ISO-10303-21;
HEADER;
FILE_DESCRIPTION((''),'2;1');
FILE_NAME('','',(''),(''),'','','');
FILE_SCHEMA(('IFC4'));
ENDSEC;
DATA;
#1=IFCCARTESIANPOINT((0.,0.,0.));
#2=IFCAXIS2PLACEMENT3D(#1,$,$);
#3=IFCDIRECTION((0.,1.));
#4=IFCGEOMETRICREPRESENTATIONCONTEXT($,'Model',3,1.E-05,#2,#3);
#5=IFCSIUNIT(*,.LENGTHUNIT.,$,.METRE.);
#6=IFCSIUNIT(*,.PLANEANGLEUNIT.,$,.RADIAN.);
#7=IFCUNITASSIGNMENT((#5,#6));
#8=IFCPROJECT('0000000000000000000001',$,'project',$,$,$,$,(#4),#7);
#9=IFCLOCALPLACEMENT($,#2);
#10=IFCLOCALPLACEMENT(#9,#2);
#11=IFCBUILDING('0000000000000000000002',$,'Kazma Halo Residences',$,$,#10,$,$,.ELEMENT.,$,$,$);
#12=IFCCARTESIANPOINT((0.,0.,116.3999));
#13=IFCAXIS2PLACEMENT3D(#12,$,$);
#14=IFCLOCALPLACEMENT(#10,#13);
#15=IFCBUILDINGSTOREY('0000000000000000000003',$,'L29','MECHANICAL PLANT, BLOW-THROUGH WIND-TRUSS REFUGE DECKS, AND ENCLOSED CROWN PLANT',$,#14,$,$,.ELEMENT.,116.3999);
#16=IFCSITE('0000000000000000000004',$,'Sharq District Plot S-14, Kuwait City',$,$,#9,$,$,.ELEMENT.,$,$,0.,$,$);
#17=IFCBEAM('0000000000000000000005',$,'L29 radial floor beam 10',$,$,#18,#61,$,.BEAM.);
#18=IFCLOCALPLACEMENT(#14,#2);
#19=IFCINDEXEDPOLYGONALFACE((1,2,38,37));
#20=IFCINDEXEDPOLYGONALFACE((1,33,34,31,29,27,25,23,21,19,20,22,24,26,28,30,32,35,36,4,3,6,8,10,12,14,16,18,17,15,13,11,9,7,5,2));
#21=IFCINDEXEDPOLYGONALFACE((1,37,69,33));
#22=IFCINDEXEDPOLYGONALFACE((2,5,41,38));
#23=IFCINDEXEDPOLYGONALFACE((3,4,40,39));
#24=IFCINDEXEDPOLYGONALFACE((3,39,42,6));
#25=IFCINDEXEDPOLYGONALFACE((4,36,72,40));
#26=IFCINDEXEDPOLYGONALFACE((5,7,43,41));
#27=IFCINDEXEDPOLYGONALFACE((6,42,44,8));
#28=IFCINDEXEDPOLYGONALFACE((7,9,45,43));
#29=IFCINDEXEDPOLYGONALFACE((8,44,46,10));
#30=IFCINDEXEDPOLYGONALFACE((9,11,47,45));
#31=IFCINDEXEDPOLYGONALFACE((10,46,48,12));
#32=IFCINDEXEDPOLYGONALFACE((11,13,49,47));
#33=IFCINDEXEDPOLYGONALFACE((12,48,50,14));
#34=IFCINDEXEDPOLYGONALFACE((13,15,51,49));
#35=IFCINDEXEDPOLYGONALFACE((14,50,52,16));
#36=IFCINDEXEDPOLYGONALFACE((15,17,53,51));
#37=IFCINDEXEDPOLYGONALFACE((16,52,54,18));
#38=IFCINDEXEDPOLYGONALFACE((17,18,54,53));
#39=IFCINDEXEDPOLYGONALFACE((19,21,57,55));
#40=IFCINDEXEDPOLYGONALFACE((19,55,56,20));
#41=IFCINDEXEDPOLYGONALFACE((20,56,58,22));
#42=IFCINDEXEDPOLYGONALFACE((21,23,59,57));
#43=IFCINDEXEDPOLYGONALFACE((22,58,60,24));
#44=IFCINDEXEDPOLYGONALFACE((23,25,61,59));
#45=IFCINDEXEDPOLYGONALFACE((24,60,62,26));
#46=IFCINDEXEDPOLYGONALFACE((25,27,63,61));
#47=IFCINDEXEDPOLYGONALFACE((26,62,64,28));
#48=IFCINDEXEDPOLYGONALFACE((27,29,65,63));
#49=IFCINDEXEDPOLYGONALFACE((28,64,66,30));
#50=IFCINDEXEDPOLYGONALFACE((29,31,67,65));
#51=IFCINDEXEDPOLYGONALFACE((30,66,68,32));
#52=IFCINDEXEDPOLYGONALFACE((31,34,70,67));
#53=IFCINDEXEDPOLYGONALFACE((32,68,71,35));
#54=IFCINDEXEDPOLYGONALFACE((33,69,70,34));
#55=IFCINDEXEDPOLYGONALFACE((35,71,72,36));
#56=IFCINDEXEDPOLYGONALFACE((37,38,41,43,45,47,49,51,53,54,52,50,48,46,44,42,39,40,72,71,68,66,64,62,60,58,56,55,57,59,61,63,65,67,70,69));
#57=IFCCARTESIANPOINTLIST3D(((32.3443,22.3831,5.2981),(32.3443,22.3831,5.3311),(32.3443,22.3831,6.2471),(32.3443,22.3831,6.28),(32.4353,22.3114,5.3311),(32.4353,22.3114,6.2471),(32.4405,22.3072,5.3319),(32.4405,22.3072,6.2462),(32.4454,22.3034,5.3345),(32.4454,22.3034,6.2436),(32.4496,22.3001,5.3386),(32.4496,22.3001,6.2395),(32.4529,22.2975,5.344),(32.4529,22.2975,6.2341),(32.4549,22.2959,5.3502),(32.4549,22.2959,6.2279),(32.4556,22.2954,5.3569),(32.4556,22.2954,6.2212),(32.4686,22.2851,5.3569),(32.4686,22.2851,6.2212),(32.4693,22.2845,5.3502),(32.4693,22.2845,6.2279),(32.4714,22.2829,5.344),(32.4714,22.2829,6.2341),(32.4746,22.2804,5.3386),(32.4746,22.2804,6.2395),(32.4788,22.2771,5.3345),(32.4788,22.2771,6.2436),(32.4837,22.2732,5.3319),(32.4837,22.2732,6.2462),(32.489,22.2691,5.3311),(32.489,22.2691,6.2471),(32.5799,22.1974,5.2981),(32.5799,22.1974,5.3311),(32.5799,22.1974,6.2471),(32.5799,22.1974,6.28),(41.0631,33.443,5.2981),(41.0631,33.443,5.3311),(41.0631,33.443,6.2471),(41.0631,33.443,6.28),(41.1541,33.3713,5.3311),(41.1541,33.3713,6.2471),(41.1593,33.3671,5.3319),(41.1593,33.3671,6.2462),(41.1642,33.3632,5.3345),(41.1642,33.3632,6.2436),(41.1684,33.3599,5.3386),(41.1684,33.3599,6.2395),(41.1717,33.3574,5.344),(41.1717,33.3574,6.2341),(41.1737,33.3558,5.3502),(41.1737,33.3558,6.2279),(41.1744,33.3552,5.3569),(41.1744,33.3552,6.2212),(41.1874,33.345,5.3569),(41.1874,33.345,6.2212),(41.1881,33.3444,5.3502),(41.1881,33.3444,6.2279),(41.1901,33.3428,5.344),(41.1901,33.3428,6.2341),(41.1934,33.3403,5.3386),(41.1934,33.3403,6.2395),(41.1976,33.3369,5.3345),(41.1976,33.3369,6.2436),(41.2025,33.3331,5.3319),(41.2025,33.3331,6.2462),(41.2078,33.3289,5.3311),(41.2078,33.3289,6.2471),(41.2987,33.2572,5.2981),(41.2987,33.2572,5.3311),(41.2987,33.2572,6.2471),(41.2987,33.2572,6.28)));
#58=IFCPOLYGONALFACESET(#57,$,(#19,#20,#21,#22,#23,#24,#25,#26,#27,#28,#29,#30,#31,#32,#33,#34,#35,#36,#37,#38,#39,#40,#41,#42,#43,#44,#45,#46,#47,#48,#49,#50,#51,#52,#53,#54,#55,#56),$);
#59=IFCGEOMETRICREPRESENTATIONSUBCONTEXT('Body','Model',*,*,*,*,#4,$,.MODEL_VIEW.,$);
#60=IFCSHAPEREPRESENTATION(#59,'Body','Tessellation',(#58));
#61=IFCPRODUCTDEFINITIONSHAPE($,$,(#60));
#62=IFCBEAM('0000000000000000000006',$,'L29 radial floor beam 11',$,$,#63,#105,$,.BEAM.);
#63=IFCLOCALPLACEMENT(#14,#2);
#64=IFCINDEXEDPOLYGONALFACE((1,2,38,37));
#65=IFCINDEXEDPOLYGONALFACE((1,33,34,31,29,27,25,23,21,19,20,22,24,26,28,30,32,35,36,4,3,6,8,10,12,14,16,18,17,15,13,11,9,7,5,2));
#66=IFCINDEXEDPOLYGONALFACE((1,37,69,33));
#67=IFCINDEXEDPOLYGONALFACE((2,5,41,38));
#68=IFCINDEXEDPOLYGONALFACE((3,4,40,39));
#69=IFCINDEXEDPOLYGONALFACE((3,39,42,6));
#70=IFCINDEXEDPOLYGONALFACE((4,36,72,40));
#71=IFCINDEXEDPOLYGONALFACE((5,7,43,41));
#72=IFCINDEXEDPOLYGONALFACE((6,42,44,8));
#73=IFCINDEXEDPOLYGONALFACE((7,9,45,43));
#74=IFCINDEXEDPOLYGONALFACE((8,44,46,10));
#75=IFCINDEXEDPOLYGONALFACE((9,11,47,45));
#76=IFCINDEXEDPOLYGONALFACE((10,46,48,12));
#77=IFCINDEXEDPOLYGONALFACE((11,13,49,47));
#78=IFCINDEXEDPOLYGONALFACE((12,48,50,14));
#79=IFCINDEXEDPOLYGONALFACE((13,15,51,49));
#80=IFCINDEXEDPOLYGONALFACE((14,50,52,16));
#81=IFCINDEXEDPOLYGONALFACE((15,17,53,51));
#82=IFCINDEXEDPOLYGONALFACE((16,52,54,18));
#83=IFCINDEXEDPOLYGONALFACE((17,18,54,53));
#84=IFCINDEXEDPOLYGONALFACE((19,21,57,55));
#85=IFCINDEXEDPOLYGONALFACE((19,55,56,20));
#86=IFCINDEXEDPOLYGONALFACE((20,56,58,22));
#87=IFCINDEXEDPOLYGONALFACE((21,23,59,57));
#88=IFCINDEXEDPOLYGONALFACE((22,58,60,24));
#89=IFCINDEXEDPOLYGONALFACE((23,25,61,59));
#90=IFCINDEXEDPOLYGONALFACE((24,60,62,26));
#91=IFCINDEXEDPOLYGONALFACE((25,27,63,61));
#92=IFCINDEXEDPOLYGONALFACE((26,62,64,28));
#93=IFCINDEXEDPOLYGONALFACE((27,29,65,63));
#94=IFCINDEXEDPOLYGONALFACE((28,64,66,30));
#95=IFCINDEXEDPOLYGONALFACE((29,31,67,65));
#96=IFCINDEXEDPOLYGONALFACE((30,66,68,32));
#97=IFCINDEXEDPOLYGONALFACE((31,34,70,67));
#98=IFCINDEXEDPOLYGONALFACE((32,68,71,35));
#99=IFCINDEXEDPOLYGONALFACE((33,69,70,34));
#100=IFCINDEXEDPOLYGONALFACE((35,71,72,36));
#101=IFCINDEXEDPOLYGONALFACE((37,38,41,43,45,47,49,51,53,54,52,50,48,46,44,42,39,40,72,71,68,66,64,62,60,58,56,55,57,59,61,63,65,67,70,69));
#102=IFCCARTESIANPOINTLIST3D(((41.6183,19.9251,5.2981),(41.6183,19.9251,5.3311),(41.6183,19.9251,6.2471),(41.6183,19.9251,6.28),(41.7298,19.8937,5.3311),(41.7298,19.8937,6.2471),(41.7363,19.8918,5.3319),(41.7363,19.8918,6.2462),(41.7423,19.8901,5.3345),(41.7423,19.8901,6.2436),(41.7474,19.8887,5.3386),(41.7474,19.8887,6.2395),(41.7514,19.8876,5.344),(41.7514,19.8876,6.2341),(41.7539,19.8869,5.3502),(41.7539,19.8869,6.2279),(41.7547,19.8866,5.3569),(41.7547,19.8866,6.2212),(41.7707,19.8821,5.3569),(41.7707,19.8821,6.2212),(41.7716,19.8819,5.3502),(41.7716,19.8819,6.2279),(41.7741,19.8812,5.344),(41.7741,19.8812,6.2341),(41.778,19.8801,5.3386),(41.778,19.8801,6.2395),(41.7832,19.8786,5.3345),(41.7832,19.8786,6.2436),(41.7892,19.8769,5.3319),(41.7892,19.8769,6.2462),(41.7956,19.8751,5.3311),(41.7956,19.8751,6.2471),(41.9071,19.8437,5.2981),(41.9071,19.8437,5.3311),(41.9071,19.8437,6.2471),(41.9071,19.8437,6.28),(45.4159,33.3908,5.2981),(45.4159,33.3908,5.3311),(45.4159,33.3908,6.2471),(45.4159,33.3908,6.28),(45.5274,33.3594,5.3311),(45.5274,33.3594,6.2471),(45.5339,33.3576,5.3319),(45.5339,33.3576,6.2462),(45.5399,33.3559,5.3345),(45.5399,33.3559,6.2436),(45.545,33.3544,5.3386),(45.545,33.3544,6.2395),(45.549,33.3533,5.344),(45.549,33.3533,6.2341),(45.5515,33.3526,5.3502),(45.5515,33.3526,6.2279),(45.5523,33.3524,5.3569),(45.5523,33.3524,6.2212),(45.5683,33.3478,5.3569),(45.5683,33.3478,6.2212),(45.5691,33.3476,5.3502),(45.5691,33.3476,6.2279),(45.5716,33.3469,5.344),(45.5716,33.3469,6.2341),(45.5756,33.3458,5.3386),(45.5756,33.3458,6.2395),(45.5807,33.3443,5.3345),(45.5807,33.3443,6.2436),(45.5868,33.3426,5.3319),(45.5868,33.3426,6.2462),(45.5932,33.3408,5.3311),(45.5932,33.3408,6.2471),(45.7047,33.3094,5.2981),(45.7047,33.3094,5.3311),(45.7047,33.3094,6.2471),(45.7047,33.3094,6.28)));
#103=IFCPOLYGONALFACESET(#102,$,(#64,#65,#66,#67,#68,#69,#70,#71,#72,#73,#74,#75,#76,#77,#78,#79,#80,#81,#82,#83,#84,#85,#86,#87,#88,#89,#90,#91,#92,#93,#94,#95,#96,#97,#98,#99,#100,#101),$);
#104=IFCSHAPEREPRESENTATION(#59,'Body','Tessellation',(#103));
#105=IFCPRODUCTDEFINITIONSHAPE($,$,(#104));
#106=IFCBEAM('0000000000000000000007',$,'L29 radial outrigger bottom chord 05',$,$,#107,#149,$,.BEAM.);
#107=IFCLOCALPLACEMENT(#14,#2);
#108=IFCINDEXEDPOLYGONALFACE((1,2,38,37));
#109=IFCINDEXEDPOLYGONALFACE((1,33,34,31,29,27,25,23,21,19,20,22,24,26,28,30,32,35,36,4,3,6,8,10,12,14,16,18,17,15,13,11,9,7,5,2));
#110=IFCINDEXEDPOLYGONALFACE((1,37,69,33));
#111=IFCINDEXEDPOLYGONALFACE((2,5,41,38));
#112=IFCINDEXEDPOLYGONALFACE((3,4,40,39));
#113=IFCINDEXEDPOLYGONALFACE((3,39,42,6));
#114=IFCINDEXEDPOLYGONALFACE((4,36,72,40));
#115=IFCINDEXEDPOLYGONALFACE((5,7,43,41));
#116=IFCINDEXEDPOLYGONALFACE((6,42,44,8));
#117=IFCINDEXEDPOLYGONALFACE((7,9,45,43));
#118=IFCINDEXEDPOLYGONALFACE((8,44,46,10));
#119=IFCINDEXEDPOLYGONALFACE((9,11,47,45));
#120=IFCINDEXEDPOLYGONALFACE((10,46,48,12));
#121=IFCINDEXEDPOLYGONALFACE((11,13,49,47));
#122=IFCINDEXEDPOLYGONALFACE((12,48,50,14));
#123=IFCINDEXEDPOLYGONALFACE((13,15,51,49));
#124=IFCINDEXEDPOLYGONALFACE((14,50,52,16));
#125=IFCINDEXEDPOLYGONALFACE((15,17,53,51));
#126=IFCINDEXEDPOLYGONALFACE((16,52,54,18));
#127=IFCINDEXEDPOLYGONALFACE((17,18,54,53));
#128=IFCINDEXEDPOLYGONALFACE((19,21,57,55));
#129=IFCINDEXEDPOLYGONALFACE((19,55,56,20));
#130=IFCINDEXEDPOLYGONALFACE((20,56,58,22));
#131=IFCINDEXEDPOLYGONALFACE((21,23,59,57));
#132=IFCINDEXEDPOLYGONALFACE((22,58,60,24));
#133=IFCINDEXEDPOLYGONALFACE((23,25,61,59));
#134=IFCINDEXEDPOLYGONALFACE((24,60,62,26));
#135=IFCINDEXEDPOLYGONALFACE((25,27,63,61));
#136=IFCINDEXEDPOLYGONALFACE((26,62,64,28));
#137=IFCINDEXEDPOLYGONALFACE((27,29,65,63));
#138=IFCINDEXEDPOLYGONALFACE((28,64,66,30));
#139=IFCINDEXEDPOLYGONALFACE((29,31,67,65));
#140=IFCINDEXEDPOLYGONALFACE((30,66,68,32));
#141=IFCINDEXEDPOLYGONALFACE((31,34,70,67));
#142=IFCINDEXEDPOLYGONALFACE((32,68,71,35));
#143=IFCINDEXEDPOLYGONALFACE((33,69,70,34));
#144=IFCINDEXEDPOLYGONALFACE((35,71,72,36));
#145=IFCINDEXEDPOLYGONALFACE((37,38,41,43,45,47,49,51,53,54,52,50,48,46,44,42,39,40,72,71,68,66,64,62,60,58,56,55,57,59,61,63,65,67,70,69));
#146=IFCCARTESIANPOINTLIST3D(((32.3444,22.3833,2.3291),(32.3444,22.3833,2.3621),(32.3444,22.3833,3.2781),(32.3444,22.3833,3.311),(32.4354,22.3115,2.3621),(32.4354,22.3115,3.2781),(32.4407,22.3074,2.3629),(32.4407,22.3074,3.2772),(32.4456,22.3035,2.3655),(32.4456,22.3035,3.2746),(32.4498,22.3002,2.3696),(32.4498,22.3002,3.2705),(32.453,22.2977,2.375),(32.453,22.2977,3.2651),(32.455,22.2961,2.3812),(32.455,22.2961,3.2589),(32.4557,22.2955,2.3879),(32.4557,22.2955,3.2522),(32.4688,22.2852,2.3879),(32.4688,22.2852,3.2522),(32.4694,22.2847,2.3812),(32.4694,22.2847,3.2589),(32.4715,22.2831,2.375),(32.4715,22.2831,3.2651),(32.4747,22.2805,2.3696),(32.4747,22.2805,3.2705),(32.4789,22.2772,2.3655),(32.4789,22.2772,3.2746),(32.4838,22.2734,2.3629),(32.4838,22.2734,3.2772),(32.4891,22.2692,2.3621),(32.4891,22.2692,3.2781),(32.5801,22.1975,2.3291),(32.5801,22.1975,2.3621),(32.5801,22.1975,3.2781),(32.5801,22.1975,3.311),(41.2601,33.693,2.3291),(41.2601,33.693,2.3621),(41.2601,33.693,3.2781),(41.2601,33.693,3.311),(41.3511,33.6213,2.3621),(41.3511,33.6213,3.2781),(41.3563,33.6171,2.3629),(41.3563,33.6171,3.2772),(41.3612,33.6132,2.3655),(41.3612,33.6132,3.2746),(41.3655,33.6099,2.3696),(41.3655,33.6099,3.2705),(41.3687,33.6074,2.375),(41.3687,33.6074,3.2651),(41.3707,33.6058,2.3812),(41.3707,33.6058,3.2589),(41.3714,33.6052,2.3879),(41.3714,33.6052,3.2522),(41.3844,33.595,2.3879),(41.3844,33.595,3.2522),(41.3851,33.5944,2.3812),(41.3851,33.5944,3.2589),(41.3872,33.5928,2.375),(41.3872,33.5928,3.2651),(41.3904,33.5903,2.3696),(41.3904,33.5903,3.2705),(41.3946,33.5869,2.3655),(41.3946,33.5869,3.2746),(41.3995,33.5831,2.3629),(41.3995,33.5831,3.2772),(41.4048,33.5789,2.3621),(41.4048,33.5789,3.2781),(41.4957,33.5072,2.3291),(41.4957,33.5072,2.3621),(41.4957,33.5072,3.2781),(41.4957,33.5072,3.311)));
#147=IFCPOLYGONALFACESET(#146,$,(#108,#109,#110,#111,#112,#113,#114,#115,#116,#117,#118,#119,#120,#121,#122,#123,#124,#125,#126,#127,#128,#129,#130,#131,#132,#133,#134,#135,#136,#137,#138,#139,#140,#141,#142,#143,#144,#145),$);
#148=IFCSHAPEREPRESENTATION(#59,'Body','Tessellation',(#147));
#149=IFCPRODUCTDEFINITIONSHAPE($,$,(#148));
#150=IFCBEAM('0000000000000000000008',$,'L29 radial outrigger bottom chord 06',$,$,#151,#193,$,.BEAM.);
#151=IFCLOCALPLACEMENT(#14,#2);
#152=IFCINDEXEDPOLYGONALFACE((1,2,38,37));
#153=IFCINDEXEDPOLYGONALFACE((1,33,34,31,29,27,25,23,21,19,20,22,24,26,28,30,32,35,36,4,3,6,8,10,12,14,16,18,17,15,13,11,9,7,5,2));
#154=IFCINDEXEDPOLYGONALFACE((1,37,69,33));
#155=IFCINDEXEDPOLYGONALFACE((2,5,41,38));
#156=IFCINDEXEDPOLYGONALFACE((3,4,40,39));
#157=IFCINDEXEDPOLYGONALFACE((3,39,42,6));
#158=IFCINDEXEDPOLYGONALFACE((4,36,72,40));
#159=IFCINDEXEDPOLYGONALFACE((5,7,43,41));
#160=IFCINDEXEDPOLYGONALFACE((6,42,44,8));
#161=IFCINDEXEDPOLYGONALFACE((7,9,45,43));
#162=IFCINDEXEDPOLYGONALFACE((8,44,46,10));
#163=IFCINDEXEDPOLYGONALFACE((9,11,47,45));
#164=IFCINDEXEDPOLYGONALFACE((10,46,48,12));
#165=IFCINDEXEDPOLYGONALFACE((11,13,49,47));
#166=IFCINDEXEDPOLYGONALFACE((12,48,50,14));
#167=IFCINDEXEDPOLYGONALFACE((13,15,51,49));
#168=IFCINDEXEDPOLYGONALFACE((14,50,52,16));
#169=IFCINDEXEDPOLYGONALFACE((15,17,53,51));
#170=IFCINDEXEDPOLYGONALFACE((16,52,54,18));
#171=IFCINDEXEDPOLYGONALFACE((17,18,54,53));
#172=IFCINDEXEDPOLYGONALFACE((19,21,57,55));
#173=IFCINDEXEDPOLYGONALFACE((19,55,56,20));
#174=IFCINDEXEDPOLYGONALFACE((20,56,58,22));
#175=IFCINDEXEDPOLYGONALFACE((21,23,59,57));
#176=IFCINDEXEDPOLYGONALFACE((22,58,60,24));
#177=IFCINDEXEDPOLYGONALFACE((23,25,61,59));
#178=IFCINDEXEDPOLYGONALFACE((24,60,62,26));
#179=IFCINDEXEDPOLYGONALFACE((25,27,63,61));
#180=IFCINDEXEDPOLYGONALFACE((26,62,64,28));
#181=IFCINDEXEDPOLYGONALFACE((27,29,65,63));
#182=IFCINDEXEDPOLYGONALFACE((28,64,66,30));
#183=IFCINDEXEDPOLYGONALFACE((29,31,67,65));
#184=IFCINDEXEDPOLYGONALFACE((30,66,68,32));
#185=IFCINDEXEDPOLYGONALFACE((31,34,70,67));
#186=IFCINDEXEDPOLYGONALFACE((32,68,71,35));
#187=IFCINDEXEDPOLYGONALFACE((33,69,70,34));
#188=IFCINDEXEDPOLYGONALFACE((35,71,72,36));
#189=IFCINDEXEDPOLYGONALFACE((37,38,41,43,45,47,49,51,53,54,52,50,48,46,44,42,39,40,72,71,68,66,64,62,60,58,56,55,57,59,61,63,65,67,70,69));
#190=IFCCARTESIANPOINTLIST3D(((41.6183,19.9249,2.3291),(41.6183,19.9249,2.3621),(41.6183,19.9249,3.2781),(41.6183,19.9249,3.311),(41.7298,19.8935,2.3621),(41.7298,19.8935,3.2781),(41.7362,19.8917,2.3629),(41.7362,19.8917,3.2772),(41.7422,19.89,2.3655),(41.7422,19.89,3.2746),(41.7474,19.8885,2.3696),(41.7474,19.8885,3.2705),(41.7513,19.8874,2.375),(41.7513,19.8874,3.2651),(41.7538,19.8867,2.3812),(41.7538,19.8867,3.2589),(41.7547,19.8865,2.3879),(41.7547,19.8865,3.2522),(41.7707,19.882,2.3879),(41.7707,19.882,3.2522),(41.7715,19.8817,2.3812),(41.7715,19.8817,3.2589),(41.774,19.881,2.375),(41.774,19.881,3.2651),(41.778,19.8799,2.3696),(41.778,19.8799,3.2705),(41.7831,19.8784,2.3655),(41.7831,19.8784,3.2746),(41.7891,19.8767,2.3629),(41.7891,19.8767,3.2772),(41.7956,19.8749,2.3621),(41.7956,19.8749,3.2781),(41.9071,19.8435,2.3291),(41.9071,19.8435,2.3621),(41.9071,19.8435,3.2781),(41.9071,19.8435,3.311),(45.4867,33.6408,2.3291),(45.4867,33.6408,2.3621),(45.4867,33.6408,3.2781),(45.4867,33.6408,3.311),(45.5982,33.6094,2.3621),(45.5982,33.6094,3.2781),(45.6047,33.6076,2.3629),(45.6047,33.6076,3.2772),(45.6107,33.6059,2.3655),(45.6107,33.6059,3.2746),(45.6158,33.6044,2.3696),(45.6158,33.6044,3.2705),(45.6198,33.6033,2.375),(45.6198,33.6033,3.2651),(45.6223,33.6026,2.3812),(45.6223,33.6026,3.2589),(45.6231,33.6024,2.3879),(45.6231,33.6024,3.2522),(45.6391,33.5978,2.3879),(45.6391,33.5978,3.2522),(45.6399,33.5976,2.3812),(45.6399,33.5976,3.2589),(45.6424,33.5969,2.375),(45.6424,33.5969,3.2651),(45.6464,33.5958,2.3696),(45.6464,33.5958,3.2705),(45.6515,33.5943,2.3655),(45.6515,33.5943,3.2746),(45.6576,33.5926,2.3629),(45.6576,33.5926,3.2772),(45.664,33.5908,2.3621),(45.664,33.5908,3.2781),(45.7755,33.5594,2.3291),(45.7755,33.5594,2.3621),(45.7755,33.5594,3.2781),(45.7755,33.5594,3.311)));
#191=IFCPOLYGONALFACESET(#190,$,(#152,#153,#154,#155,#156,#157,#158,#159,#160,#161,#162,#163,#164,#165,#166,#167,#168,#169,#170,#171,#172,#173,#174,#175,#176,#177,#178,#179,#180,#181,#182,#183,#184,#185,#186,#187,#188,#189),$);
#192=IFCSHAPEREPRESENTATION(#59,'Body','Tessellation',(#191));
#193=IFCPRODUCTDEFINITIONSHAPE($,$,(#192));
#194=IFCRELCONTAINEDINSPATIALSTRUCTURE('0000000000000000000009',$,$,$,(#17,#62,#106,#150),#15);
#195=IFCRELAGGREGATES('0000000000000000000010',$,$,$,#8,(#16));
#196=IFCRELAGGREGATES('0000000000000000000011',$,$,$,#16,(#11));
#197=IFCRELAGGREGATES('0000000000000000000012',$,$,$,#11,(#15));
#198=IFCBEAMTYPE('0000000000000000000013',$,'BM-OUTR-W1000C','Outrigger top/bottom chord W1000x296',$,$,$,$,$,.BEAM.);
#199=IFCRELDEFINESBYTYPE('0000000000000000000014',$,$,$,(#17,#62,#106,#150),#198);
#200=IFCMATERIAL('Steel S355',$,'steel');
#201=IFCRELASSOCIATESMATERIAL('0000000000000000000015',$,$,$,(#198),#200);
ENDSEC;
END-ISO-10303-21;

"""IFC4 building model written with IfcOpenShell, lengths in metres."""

from ifc_helpers import new_model, si_unit, direction, frame, origin, origin_2d, place, context, subcontext, project, spatial, i_section, extrude, material, material_profile, profile_set, type_object, element, save


model = new_model("IFC4")

# Units and contexts
model_context = context("Model", 3, precision=1e-05, world=origin(), true_north=direction((0.0, 1.0)))
body_context = subcontext(model_context, "Body", "Model", "MODEL_VIEW")
ifc_project = project(units=[si_unit("LENGTHUNIT", "METRE"), si_unit("PLANEANGLEUNIT", "RADIAN")], contexts=[model_context])

# Site, building, storey
site_placement = place(None, origin())
site = spatial("IfcSite", under=ifc_project, at=site_placement, Name="Sharq District Plot S-14, Kuwait City", CompositionType="ELEMENT", RefElevation=0.0)
building_placement = place(site_placement, origin())
building = spatial("IfcBuilding", under=site, at=building_placement, Name="Kazma Halo Residences", CompositionType="ELEMENT")
storey_placement = place(building_placement, frame((0.0, 0.0, 116.3999)))
storey = spatial("IfcBuildingStorey", under=building, at=storey_placement, Name="L29", Description="MECHANICAL PLANT, BLOW-THROUGH WIND-TRUSS REFUGE DECKS, AND ENCLOSED CROWN PLANT", CompositionType="ELEMENT", Elevation=116.3999)

# Beams
ifc_material_1 = material(Name="Steel S355", Category="steel")
ifc_material_profile_1 = material_profile(ifc_material_1, i_section(OverallWidth=0.3, OverallDepth=0.9819, WebThickness=0.0166, FlangeThickness=0.033, FilletRadius=0.0259, at=origin_2d()), Name="W1000x296")
ifc_profile_set_1 = profile_set([ifc_material_profile_1], Name="Steel S355")
beam_type_1 = type_object("IfcBeamType", Name="BM-OUTR-W1000C", Description="Outrigger top/bottom chord W1000x296", PredefinedType="BEAM", material=ifc_profile_set_1)
beam_1_placement = place(storey_placement, frame((41.1809, 33.3501, 5.7891), z_axis=(-0.619089, -0.785321, 0.0), x_axis=(0.785321, -0.619089, 0.0)))
element("IfcBeam", 1, at=beam_1_placement, inside=storey, type_object=beam_type_1, Name="L29 radial floor beam 10", PredefinedType="BEAM", context=body_context, shape_type="SweptSolid", body=[
    extrude(i_section(OverallWidth=0.3, OverallDepth=0.9819, WebThickness=0.0166, FlangeThickness=0.033, FilletRadius=0.0259, at=origin_2d()), origin(), (0.0, 0.0, 1.0), 14.0833),
])
beam_2_placement = place(storey_placement, frame((45.5603, 33.3501, 5.7891), z_axis=(-0.271431, -0.962458, 0.0), x_axis=(0.962458, -0.271431, 0.0)))
element("IfcBeam", 2, at=beam_2_placement, inside=storey, type_object=beam_type_1, Name="L29 radial floor beam 11", PredefinedType="BEAM", context=body_context, shape_type="SweptSolid", body=[
    extrude(i_section(OverallWidth=0.3, OverallDepth=0.9819, WebThickness=0.0166, FlangeThickness=0.033, FilletRadius=0.0259, at=origin_2d()), origin(), (0.0, 0.0, 1.0), 13.991),
])
beam_3_placement = place(storey_placement, frame((41.3779, 33.6001, 2.8201), z_axis=(-0.619087, -0.785323, 0.0), x_axis=(0.785323, -0.619087, 0.0)))
element("IfcBeam", 3, at=beam_3_placement, inside=storey, type_object=beam_type_1, Name="L29 radial outrigger bottom chord 05", PredefinedType="BEAM", context=body_context, shape_type="SweptSolid", body=[
    extrude(i_section(OverallWidth=0.3, OverallDepth=0.9819, WebThickness=0.0166, FlangeThickness=0.033, FilletRadius=0.0259, at=origin_2d()), origin(), (0.0, 0.0, 1.0), 14.4014),
])
beam_4_placement = place(storey_placement, frame((45.6311, 33.6001, 2.8201), z_axis=(-0.27145, -0.962453, 0.0), x_axis=(0.962453, -0.27145, 0.0)))
element("IfcBeam", 4, at=beam_4_placement, inside=storey, type_object=beam_type_1, Name="L29 radial outrigger bottom chord 06", PredefinedType="BEAM", context=body_context, shape_type="SweptSolid", body=[
    extrude(i_section(OverallWidth=0.3, OverallDepth=0.9819, WebThickness=0.0166, FlangeThickness=0.033, FilletRadius=0.0259, at=origin_2d()), origin(), (0.0, 0.0, 1.0), 14.251),
])

save(model, "model.ifc")
